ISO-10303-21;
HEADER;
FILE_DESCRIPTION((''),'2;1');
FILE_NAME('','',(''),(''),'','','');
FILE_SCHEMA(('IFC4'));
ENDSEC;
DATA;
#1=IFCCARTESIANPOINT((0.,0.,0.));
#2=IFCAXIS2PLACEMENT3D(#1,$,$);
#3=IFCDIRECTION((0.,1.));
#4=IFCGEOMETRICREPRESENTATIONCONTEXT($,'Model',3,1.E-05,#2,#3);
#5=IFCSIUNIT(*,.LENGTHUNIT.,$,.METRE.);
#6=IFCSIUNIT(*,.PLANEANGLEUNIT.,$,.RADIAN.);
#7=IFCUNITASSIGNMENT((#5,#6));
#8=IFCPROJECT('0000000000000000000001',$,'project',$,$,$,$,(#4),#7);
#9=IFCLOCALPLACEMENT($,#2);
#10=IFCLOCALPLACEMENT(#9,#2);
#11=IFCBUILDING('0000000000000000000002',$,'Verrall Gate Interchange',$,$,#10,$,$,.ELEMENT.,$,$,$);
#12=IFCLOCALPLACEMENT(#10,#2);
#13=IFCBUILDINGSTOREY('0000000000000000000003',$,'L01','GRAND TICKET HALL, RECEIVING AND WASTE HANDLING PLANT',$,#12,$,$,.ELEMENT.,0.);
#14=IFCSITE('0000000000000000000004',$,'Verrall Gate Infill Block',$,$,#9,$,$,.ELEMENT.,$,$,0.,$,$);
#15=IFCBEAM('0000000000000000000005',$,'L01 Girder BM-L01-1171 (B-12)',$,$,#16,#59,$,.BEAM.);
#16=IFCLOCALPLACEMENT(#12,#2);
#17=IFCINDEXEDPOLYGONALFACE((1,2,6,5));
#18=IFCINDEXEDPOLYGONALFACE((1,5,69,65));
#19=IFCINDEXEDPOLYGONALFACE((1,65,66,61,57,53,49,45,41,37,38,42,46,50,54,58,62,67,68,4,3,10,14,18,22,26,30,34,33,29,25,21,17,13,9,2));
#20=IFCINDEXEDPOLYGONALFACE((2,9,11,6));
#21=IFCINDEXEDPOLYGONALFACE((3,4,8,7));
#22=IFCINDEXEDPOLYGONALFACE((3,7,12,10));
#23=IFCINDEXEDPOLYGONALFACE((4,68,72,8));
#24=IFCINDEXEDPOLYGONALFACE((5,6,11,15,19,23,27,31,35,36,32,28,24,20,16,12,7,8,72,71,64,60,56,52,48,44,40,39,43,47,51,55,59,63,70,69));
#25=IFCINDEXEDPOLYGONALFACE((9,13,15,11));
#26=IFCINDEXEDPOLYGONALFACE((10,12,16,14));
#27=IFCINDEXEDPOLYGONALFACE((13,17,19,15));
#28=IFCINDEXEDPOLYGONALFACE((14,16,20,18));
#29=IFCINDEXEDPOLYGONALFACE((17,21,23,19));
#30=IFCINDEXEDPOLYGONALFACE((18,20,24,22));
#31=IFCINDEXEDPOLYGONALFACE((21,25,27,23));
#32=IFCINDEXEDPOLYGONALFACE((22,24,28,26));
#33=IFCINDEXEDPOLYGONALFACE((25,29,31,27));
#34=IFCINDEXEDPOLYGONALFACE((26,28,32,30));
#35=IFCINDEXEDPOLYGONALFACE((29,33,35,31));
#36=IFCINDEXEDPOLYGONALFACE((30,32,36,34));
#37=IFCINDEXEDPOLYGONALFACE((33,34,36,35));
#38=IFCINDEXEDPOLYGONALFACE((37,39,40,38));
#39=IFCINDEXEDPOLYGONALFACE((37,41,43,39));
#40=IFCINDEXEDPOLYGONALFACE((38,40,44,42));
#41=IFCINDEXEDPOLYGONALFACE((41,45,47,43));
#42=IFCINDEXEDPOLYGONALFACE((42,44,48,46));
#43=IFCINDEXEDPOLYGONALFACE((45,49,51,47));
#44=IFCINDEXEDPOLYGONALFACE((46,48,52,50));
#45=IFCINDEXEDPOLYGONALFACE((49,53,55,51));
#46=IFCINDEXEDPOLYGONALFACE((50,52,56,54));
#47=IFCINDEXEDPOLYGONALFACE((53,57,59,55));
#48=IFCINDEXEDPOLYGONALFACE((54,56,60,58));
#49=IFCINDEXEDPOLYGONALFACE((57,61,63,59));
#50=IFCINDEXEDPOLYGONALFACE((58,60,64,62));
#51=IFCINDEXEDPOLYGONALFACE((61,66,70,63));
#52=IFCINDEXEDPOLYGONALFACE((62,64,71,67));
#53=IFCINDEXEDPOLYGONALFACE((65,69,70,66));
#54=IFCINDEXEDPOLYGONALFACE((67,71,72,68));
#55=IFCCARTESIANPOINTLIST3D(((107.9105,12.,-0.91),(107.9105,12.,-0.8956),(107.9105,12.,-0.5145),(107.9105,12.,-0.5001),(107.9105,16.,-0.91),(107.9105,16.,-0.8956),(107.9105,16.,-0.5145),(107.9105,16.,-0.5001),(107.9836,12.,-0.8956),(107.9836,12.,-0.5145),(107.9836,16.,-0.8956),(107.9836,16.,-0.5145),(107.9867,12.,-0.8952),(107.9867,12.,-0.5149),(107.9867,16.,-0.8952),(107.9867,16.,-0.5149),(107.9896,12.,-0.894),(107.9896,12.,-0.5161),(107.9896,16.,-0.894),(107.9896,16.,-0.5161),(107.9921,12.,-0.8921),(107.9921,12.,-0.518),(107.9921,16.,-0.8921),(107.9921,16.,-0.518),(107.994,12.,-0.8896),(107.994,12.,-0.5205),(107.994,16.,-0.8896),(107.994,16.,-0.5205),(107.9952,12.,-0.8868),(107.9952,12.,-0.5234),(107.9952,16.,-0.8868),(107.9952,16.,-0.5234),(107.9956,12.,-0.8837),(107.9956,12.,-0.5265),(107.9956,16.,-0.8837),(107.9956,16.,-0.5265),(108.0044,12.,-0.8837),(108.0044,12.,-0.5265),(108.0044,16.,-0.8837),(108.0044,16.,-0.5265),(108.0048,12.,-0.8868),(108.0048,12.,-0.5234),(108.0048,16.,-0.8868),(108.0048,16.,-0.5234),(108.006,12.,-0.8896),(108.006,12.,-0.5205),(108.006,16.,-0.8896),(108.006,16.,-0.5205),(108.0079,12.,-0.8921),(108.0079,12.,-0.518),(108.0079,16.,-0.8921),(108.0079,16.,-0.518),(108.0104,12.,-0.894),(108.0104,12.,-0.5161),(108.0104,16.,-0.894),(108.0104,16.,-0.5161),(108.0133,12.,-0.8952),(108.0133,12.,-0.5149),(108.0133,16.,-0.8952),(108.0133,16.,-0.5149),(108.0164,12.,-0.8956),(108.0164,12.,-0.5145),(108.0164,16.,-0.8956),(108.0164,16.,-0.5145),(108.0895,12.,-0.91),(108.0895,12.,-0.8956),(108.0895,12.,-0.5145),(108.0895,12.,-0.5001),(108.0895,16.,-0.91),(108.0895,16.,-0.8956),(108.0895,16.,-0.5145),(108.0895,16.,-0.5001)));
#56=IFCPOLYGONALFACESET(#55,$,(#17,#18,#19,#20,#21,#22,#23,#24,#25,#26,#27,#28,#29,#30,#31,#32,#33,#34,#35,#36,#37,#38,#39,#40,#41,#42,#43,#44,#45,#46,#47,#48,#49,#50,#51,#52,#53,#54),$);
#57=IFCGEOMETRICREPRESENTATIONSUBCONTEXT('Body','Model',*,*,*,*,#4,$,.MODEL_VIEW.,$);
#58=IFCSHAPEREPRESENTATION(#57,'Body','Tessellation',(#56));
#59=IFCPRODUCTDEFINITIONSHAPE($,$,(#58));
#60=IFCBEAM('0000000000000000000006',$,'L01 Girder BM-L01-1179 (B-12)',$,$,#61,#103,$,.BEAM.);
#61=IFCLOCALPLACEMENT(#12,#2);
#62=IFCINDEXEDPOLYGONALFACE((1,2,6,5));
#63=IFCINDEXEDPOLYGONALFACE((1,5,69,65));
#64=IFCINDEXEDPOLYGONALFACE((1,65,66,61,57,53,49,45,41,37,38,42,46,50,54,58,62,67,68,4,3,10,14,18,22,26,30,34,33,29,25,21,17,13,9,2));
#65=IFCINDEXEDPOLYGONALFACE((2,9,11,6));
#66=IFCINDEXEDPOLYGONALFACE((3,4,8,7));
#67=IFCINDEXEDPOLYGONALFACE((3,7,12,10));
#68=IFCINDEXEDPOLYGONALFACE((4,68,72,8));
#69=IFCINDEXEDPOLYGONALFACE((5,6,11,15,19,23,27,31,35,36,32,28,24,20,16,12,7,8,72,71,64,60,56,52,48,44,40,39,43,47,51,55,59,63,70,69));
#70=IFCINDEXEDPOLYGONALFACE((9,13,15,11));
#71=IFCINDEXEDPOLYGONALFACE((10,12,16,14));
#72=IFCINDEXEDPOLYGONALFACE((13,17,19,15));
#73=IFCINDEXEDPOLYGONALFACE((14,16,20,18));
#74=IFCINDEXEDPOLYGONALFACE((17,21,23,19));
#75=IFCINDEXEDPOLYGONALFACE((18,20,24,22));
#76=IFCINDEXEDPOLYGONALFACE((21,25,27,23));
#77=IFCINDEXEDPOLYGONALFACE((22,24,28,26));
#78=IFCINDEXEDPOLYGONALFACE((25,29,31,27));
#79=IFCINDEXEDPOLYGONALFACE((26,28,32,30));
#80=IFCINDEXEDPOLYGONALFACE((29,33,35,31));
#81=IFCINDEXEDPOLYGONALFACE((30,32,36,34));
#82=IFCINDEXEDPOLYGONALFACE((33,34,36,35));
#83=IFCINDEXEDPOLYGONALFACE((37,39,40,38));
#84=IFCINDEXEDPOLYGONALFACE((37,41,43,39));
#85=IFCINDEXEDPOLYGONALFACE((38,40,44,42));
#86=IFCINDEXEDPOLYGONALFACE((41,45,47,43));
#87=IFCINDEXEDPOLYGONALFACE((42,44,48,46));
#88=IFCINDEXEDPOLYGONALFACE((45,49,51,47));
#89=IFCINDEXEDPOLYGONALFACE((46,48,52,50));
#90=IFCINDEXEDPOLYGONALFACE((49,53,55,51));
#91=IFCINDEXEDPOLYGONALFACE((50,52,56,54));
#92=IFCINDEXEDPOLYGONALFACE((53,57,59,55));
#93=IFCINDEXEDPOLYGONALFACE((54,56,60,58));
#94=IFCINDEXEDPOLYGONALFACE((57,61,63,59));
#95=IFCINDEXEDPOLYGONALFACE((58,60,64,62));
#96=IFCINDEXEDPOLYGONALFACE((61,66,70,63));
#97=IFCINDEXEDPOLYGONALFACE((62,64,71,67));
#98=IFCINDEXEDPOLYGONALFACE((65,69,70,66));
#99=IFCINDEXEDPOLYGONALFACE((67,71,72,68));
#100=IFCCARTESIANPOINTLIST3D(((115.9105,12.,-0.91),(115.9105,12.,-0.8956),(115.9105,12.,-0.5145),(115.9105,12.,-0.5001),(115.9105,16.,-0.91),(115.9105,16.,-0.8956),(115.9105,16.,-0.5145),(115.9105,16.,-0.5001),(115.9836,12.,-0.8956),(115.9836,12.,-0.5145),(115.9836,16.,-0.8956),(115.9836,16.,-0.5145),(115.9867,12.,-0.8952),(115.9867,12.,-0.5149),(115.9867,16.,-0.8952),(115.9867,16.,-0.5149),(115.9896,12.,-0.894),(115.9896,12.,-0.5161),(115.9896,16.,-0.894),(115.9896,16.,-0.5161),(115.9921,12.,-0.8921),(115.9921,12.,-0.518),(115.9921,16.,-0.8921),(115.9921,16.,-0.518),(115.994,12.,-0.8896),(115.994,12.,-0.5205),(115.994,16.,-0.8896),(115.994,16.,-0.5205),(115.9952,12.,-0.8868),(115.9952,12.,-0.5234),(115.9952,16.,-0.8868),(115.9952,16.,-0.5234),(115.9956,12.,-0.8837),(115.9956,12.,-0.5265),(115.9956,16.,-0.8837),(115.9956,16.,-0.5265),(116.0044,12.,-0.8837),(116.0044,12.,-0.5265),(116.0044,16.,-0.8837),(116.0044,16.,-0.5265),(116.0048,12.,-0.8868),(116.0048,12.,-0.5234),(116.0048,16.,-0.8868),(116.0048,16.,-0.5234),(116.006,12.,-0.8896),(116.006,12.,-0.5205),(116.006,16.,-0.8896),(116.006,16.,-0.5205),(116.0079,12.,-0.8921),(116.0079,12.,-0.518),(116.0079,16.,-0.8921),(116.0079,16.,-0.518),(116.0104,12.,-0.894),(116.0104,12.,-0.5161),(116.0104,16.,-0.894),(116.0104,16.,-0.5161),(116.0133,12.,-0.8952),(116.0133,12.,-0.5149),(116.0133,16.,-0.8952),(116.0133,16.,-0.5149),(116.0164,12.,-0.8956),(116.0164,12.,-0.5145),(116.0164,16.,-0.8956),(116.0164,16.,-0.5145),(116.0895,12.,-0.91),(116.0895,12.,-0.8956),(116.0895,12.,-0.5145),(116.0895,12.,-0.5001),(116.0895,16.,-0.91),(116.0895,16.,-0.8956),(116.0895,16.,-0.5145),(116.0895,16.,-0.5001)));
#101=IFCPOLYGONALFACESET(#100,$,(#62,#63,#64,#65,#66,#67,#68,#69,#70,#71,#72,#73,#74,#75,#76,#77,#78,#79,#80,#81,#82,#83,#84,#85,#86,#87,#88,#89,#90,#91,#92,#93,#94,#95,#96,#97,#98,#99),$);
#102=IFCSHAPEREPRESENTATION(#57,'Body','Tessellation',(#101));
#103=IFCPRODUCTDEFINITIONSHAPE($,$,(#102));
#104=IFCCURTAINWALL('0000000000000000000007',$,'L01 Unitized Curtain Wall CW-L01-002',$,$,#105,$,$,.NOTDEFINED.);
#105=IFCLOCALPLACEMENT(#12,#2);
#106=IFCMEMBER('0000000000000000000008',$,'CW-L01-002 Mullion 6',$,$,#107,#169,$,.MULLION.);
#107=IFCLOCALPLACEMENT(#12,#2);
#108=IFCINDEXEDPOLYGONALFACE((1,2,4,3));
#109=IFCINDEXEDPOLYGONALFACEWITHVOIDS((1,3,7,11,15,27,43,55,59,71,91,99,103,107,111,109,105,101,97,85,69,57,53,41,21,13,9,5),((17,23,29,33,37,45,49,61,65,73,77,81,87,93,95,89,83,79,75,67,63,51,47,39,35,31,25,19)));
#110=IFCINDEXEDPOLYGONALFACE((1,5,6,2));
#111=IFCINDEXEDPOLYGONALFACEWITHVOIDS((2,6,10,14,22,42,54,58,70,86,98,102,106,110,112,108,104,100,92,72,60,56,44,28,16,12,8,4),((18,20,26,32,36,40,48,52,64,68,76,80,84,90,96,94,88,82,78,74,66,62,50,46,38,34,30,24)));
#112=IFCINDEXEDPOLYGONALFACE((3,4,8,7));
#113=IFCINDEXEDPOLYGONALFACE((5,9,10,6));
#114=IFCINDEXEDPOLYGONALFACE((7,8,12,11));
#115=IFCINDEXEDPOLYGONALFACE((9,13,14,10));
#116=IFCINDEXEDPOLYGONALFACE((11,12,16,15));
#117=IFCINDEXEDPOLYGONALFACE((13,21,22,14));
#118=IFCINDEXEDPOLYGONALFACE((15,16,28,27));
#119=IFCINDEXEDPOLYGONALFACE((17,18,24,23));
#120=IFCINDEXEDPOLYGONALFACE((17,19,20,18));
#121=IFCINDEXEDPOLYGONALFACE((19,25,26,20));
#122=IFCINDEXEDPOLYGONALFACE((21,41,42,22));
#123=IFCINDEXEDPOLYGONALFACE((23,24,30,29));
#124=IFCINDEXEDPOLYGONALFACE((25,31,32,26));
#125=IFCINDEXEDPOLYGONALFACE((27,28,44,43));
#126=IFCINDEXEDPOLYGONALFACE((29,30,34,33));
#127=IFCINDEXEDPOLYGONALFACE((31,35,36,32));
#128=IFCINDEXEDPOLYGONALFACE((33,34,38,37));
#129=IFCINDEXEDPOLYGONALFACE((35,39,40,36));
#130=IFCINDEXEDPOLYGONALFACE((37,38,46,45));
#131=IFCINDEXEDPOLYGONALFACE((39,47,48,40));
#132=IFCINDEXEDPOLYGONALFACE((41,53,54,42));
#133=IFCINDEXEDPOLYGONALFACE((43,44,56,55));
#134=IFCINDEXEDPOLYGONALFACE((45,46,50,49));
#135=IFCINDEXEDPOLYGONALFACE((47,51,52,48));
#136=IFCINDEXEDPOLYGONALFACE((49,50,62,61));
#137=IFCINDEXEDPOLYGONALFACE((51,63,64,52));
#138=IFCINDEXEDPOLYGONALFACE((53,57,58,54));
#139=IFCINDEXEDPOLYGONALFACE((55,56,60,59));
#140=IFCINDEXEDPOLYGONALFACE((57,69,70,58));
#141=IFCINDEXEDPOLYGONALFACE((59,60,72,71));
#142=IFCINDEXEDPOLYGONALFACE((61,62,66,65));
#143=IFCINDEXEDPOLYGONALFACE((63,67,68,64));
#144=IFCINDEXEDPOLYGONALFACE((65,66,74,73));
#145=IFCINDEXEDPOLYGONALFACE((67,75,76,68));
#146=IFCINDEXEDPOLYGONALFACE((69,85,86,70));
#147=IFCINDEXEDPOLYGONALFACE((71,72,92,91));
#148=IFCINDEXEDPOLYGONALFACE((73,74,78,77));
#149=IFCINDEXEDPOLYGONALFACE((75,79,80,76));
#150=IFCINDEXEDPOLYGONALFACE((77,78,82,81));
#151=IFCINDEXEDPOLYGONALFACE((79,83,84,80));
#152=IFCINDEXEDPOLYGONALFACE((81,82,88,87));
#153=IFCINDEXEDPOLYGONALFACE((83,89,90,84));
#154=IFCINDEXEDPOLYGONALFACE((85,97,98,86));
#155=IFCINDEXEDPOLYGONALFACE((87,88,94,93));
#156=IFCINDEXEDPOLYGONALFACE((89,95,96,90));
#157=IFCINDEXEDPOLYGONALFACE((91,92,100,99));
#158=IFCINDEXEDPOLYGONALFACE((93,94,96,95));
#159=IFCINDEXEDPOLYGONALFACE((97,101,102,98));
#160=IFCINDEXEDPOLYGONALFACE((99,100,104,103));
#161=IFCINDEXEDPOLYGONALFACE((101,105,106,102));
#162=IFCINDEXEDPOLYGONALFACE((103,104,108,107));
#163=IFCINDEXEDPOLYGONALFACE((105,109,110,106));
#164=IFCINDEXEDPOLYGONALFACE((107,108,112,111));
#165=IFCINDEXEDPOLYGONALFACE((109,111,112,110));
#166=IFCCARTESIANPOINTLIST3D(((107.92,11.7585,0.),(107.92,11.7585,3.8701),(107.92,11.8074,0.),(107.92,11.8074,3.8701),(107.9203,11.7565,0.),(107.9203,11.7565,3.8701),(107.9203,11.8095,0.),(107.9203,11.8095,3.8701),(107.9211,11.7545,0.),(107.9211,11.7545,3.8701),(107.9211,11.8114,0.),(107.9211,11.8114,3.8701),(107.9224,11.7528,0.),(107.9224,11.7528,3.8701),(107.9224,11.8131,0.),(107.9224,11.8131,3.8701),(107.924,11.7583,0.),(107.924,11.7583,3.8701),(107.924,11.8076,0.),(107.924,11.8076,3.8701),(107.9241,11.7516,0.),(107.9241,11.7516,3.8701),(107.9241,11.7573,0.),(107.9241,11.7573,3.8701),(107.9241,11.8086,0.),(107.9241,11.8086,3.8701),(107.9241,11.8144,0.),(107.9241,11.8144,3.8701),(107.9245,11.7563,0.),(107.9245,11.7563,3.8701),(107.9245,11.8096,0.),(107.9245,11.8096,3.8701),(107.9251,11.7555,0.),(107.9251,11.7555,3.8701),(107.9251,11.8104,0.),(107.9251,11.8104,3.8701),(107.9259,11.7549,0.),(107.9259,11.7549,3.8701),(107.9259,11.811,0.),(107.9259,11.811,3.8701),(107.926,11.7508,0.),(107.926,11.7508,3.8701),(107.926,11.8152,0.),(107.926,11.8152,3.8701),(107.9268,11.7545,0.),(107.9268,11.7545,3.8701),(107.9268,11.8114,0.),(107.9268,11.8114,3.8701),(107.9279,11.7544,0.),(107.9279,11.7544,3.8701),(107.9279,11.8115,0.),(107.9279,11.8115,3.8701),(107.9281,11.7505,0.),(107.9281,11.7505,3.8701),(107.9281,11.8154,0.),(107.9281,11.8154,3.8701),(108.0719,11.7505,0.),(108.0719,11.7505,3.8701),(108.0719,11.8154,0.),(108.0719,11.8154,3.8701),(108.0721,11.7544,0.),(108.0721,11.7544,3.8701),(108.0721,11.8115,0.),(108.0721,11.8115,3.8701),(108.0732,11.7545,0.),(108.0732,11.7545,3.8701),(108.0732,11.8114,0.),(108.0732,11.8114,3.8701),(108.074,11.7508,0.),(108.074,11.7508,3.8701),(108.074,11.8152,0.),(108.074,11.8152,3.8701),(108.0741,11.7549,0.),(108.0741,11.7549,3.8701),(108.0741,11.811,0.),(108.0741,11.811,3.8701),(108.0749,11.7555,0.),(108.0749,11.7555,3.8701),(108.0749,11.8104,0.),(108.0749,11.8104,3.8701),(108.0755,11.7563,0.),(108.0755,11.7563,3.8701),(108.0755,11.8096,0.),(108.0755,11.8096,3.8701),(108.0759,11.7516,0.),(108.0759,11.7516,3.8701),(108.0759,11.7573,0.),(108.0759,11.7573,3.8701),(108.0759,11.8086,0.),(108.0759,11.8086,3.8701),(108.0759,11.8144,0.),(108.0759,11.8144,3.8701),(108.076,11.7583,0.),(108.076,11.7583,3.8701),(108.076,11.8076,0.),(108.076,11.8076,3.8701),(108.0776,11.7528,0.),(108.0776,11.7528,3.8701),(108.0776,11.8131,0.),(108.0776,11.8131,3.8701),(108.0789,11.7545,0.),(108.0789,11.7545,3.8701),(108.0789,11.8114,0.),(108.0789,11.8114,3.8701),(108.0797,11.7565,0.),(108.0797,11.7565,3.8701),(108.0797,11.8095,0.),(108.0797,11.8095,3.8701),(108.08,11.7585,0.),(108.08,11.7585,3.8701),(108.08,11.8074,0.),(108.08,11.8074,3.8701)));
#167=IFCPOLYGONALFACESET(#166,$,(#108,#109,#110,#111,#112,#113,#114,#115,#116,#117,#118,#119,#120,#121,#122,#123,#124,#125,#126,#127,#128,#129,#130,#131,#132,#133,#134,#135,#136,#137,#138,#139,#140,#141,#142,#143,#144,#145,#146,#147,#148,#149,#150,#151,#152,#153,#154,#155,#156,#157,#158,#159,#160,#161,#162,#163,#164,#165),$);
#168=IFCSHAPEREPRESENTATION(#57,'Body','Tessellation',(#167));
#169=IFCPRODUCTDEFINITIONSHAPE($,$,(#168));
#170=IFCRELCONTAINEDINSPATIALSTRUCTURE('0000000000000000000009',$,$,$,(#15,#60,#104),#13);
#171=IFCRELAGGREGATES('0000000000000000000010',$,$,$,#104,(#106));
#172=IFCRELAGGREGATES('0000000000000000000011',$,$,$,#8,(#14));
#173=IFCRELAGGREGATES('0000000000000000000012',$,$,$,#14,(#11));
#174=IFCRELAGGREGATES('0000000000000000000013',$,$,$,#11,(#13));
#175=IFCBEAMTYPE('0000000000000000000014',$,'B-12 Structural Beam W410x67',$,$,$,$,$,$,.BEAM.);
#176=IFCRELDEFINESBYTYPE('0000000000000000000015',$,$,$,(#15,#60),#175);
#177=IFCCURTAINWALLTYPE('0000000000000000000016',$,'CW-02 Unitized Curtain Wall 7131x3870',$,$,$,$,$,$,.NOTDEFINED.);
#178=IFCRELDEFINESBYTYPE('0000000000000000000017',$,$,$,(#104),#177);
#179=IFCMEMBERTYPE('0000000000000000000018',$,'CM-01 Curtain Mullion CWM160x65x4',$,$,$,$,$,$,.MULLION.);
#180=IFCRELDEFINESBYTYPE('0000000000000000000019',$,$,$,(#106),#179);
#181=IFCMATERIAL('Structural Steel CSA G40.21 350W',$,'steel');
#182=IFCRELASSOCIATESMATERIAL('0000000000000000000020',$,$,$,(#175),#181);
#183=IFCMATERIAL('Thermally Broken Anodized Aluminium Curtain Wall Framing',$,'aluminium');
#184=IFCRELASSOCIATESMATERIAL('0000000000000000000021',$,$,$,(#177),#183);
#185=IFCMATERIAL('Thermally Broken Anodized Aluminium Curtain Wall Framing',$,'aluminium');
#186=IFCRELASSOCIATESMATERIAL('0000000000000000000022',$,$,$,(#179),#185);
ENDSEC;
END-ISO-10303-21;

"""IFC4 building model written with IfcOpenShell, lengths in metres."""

from ifc_helpers import new_model, si_unit, direction, frame, origin, origin_2d, place, context, subcontext, project, spatial, hollow_rectangle, i_section, extrude, material, material_profile, profile_set, type_object, element, aggregate, save


model = new_model("IFC4")

# Units and contexts
model_context = context("Model", 3, precision=1e-05, world=origin(), true_north=direction((0.0, 1.0)))
body_context = subcontext(model_context, "Body", "Model", "MODEL_VIEW")
ifc_project = project(units=[si_unit("LENGTHUNIT", "METRE"), si_unit("PLANEANGLEUNIT", "RADIAN")], contexts=[model_context])

# Site, building, storey
site_placement = place(None, origin())
site = spatial("IfcSite", under=ifc_project, at=site_placement, Name="Verrall Gate Infill Block", CompositionType="ELEMENT", RefElevation=0.0)
building_placement = place(site_placement, origin())
building = spatial("IfcBuilding", under=site, at=building_placement, Name="Verrall Gate Interchange", CompositionType="ELEMENT")
storey_placement = place(building_placement, origin())
storey = spatial("IfcBuildingStorey", under=building, at=storey_placement, Name="L01", Description="GRAND TICKET HALL, RECEIVING AND WASTE HANDLING PLANT", CompositionType="ELEMENT", Elevation=0.0)

# Beams
ifc_material_1 = material(Name="Structural Steel CSA G40.21 350W", Category="steel")
ifc_material_profile_1 = material_profile(ifc_material_1, i_section(OverallWidth=0.179, OverallDepth=0.4099, WebThickness=0.0088, FlangeThickness=0.0144, FilletRadius=0.012, at=origin_2d()), Name="W410x67")
ifc_profile_set_1 = profile_set([ifc_material_profile_1], Name="Structural Steel CSA G40.21 350W")
beam_type_1 = type_object("IfcBeamType", Name="B-12 Structural Beam W410x67", PredefinedType="BEAM", material=ifc_profile_set_1)
for number, where, z_axis, x_axis, name in (
    (1, (108.0, 12.0, -0.7051), (0.0, 1.0, 0.0), (-1.0, 0.0, 0.0), "L01 Girder BM-L01-1171 (B-12)"),
    (2, (116.0, 12.0, -0.7051), (0.0, 1.0, 0.0), (-1.0, 0.0, 0.0), "L01 Girder BM-L01-1179 (B-12)"),
):
    element("IfcBeam", number, at=place(storey_placement, frame(where, z_axis=z_axis, x_axis=x_axis)), inside=storey, type_object=beam_type_1, Name=name, PredefinedType="BEAM", context=body_context, shape_type="SweptSolid", body=[
        extrude(i_section(OverallWidth=0.179, OverallDepth=0.4099, WebThickness=0.0088, FlangeThickness=0.0144, FilletRadius=0.012, at=origin_2d()), origin(), (0.0, 0.0, 1.0), 4.0),
    ])

# Curtain wall, member
ifc_material_2 = material(Name="Thermally Broken Anodized Aluminium Curtain Wall Framing", Category="aluminium")
curtain_wall_type_1 = type_object("IfcCurtainWallType", Name="CW-02 Unitized Curtain Wall 7131x3870", PredefinedType="NOTDEFINED", material=ifc_material_2)
curtain_wall_1_placement = place(storey_placement, origin())
curtain_wall_1 = element("IfcCurtainWall", 3, at=curtain_wall_1_placement, inside=storey, type_object=curtain_wall_type_1, Name="L01 Unitized Curtain Wall CW-L01-002", PredefinedType="NOTDEFINED")
ifc_material_3 = material(Name="Thermally Broken Anodized Aluminium Curtain Wall Framing", Category="aluminium")
ifc_material_profile_2 = material_profile(ifc_material_3, hollow_rectangle(XDim=0.0649, YDim=0.1599, WallThickness=0.0039, InnerFilletRadius=0.0039, OuterFilletRadius=0.0081, at=origin_2d()), Name="CWM160x65x4")
ifc_profile_set_2 = profile_set([ifc_material_profile_2], Name="Thermally Broken Anodized Aluminium Curtain Wall Framing")
member_type_1 = type_object("IfcMemberType", Name="CM-01 Curtain Mullion CWM160x65x4", PredefinedType="MULLION", material=ifc_profile_set_2)
member_1_placement = place(storey_placement, frame((108.0, 11.783, 0.0), z_axis=(0.0, 0.0, 1.0), x_axis=(0.0, 1.0, 0.0)))
member_1 = element("IfcMember", 4, at=member_1_placement, type_object=member_type_1, Name="CW-L01-002 Mullion 6", PredefinedType="MULLION", context=body_context, shape_type="SweptSolid", body=[
    extrude(hollow_rectangle(XDim=0.0649, YDim=0.1599, WallThickness=0.0039, InnerFilletRadius=0.0039, OuterFilletRadius=0.0081, at=origin_2d()), origin(), (0.0, 0.0, 1.0), 3.8701),
])

aggregate(curtain_wall_1, [member_1])

save(model, "model.ifc")
